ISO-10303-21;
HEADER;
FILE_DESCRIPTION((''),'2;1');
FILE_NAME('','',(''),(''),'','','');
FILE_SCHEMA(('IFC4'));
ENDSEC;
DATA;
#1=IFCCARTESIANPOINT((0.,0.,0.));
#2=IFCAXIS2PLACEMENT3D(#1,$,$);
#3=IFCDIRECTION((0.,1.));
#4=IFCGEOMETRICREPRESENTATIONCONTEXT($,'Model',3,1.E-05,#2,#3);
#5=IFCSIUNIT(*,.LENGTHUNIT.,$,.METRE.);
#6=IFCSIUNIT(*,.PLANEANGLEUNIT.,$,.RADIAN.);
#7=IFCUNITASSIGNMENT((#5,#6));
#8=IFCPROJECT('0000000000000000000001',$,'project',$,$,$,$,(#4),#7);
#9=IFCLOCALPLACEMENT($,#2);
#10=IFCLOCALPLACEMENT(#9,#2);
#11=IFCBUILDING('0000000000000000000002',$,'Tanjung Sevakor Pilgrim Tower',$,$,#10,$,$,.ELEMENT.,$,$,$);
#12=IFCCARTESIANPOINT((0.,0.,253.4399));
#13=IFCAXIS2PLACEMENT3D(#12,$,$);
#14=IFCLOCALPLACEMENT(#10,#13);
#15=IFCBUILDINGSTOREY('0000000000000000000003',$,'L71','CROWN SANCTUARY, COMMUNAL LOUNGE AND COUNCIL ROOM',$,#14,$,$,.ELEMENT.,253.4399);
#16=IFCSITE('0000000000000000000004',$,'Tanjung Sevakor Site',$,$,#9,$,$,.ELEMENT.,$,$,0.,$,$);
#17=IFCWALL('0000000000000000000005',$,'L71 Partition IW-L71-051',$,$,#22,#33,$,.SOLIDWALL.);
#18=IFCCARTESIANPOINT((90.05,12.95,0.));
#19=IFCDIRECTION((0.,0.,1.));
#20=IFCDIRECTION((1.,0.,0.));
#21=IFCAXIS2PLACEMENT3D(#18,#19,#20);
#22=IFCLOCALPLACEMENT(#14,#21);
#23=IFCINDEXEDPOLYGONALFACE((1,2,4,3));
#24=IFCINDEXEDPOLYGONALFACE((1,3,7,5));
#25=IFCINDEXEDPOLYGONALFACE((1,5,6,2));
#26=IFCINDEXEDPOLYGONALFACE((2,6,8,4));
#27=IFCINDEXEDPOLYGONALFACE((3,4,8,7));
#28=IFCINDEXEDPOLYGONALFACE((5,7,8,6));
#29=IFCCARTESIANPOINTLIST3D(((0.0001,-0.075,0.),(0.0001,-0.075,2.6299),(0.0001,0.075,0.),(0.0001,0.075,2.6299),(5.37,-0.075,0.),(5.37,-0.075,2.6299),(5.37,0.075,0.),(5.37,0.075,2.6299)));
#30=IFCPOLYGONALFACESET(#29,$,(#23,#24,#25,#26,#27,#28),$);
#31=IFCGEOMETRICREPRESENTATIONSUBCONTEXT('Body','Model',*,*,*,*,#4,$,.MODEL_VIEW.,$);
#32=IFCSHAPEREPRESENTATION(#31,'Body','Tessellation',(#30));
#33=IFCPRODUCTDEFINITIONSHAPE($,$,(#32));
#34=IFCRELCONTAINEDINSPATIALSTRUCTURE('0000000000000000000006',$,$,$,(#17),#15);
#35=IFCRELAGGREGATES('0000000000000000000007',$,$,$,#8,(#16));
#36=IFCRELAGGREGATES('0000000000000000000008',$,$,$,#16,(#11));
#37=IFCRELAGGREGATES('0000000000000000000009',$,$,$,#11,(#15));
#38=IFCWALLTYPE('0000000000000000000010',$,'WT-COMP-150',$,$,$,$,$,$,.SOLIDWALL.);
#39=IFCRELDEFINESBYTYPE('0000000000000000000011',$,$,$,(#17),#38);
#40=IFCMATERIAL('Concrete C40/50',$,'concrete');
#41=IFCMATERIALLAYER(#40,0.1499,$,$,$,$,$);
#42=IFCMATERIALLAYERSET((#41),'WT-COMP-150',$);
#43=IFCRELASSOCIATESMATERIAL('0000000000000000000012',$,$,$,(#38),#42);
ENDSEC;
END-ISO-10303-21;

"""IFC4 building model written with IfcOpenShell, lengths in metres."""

from ifc_helpers import new_model, si_unit, direction, frame, frame_2d, origin, place, context, subcontext, project, spatial, rectangle, extrude, material, layer, layer_set, type_object, element, save


model = new_model("IFC4")

# Units and contexts
model_context = context("Model", 3, precision=1e-05, world=origin(), true_north=direction((0.0, 1.0)))
body_context = subcontext(model_context, "Body", "Model", "MODEL_VIEW")
ifc_project = project(units=[si_unit("LENGTHUNIT", "METRE"), si_unit("PLANEANGLEUNIT", "RADIAN")], contexts=[model_context])

# Site, building, storey
site_placement = place(None, origin())
site = spatial("IfcSite", under=ifc_project, at=site_placement, Name="Tanjung Sevakor Site", CompositionType="ELEMENT", RefElevation=0.0)
building_placement = place(site_placement, origin())
building = spatial("IfcBuilding", under=site, at=building_placement, Name="Tanjung Sevakor Pilgrim Tower", CompositionType="ELEMENT")
storey_placement = place(building_placement, frame((0.0, 0.0, 253.4399)))
storey = spatial("IfcBuildingStorey", under=building, at=storey_placement, Name="L71", Description="CROWN SANCTUARY, COMMUNAL LOUNGE AND COUNCIL ROOM", CompositionType="ELEMENT", Elevation=253.4399)

# Wall
ifc_material_1 = material(Name="Concrete C40/50", Category="concrete")
ifc_layer_1 = layer(ifc_material_1, 0.1499)
ifc_layer_set_1 = layer_set([ifc_layer_1], Name="WT-COMP-150")
wall_type_1 = type_object("IfcWallType", Name="WT-COMP-150", PredefinedType="SOLIDWALL", material=ifc_layer_set_1)
wall_1_placement = place(storey_placement, frame((90.05, 12.95, 0.0), z_axis=(0.0, 0.0, 1.0), x_axis=(1.0, 0.0, 0.0)))
element("IfcWall", 1, at=wall_1_placement, inside=storey, type_object=wall_type_1, Name="L71 Partition IW-L71-051", PredefinedType="SOLIDWALL", context=body_context, shape_type="SweptSolid", body=[
    extrude(rectangle(XDim=5.3699, YDim=0.1499, at=frame_2d((2.6851, 0.0))), origin(), (0.0, 0.0, 1.0), 2.6299),
])

save(model, "model.ifc")
